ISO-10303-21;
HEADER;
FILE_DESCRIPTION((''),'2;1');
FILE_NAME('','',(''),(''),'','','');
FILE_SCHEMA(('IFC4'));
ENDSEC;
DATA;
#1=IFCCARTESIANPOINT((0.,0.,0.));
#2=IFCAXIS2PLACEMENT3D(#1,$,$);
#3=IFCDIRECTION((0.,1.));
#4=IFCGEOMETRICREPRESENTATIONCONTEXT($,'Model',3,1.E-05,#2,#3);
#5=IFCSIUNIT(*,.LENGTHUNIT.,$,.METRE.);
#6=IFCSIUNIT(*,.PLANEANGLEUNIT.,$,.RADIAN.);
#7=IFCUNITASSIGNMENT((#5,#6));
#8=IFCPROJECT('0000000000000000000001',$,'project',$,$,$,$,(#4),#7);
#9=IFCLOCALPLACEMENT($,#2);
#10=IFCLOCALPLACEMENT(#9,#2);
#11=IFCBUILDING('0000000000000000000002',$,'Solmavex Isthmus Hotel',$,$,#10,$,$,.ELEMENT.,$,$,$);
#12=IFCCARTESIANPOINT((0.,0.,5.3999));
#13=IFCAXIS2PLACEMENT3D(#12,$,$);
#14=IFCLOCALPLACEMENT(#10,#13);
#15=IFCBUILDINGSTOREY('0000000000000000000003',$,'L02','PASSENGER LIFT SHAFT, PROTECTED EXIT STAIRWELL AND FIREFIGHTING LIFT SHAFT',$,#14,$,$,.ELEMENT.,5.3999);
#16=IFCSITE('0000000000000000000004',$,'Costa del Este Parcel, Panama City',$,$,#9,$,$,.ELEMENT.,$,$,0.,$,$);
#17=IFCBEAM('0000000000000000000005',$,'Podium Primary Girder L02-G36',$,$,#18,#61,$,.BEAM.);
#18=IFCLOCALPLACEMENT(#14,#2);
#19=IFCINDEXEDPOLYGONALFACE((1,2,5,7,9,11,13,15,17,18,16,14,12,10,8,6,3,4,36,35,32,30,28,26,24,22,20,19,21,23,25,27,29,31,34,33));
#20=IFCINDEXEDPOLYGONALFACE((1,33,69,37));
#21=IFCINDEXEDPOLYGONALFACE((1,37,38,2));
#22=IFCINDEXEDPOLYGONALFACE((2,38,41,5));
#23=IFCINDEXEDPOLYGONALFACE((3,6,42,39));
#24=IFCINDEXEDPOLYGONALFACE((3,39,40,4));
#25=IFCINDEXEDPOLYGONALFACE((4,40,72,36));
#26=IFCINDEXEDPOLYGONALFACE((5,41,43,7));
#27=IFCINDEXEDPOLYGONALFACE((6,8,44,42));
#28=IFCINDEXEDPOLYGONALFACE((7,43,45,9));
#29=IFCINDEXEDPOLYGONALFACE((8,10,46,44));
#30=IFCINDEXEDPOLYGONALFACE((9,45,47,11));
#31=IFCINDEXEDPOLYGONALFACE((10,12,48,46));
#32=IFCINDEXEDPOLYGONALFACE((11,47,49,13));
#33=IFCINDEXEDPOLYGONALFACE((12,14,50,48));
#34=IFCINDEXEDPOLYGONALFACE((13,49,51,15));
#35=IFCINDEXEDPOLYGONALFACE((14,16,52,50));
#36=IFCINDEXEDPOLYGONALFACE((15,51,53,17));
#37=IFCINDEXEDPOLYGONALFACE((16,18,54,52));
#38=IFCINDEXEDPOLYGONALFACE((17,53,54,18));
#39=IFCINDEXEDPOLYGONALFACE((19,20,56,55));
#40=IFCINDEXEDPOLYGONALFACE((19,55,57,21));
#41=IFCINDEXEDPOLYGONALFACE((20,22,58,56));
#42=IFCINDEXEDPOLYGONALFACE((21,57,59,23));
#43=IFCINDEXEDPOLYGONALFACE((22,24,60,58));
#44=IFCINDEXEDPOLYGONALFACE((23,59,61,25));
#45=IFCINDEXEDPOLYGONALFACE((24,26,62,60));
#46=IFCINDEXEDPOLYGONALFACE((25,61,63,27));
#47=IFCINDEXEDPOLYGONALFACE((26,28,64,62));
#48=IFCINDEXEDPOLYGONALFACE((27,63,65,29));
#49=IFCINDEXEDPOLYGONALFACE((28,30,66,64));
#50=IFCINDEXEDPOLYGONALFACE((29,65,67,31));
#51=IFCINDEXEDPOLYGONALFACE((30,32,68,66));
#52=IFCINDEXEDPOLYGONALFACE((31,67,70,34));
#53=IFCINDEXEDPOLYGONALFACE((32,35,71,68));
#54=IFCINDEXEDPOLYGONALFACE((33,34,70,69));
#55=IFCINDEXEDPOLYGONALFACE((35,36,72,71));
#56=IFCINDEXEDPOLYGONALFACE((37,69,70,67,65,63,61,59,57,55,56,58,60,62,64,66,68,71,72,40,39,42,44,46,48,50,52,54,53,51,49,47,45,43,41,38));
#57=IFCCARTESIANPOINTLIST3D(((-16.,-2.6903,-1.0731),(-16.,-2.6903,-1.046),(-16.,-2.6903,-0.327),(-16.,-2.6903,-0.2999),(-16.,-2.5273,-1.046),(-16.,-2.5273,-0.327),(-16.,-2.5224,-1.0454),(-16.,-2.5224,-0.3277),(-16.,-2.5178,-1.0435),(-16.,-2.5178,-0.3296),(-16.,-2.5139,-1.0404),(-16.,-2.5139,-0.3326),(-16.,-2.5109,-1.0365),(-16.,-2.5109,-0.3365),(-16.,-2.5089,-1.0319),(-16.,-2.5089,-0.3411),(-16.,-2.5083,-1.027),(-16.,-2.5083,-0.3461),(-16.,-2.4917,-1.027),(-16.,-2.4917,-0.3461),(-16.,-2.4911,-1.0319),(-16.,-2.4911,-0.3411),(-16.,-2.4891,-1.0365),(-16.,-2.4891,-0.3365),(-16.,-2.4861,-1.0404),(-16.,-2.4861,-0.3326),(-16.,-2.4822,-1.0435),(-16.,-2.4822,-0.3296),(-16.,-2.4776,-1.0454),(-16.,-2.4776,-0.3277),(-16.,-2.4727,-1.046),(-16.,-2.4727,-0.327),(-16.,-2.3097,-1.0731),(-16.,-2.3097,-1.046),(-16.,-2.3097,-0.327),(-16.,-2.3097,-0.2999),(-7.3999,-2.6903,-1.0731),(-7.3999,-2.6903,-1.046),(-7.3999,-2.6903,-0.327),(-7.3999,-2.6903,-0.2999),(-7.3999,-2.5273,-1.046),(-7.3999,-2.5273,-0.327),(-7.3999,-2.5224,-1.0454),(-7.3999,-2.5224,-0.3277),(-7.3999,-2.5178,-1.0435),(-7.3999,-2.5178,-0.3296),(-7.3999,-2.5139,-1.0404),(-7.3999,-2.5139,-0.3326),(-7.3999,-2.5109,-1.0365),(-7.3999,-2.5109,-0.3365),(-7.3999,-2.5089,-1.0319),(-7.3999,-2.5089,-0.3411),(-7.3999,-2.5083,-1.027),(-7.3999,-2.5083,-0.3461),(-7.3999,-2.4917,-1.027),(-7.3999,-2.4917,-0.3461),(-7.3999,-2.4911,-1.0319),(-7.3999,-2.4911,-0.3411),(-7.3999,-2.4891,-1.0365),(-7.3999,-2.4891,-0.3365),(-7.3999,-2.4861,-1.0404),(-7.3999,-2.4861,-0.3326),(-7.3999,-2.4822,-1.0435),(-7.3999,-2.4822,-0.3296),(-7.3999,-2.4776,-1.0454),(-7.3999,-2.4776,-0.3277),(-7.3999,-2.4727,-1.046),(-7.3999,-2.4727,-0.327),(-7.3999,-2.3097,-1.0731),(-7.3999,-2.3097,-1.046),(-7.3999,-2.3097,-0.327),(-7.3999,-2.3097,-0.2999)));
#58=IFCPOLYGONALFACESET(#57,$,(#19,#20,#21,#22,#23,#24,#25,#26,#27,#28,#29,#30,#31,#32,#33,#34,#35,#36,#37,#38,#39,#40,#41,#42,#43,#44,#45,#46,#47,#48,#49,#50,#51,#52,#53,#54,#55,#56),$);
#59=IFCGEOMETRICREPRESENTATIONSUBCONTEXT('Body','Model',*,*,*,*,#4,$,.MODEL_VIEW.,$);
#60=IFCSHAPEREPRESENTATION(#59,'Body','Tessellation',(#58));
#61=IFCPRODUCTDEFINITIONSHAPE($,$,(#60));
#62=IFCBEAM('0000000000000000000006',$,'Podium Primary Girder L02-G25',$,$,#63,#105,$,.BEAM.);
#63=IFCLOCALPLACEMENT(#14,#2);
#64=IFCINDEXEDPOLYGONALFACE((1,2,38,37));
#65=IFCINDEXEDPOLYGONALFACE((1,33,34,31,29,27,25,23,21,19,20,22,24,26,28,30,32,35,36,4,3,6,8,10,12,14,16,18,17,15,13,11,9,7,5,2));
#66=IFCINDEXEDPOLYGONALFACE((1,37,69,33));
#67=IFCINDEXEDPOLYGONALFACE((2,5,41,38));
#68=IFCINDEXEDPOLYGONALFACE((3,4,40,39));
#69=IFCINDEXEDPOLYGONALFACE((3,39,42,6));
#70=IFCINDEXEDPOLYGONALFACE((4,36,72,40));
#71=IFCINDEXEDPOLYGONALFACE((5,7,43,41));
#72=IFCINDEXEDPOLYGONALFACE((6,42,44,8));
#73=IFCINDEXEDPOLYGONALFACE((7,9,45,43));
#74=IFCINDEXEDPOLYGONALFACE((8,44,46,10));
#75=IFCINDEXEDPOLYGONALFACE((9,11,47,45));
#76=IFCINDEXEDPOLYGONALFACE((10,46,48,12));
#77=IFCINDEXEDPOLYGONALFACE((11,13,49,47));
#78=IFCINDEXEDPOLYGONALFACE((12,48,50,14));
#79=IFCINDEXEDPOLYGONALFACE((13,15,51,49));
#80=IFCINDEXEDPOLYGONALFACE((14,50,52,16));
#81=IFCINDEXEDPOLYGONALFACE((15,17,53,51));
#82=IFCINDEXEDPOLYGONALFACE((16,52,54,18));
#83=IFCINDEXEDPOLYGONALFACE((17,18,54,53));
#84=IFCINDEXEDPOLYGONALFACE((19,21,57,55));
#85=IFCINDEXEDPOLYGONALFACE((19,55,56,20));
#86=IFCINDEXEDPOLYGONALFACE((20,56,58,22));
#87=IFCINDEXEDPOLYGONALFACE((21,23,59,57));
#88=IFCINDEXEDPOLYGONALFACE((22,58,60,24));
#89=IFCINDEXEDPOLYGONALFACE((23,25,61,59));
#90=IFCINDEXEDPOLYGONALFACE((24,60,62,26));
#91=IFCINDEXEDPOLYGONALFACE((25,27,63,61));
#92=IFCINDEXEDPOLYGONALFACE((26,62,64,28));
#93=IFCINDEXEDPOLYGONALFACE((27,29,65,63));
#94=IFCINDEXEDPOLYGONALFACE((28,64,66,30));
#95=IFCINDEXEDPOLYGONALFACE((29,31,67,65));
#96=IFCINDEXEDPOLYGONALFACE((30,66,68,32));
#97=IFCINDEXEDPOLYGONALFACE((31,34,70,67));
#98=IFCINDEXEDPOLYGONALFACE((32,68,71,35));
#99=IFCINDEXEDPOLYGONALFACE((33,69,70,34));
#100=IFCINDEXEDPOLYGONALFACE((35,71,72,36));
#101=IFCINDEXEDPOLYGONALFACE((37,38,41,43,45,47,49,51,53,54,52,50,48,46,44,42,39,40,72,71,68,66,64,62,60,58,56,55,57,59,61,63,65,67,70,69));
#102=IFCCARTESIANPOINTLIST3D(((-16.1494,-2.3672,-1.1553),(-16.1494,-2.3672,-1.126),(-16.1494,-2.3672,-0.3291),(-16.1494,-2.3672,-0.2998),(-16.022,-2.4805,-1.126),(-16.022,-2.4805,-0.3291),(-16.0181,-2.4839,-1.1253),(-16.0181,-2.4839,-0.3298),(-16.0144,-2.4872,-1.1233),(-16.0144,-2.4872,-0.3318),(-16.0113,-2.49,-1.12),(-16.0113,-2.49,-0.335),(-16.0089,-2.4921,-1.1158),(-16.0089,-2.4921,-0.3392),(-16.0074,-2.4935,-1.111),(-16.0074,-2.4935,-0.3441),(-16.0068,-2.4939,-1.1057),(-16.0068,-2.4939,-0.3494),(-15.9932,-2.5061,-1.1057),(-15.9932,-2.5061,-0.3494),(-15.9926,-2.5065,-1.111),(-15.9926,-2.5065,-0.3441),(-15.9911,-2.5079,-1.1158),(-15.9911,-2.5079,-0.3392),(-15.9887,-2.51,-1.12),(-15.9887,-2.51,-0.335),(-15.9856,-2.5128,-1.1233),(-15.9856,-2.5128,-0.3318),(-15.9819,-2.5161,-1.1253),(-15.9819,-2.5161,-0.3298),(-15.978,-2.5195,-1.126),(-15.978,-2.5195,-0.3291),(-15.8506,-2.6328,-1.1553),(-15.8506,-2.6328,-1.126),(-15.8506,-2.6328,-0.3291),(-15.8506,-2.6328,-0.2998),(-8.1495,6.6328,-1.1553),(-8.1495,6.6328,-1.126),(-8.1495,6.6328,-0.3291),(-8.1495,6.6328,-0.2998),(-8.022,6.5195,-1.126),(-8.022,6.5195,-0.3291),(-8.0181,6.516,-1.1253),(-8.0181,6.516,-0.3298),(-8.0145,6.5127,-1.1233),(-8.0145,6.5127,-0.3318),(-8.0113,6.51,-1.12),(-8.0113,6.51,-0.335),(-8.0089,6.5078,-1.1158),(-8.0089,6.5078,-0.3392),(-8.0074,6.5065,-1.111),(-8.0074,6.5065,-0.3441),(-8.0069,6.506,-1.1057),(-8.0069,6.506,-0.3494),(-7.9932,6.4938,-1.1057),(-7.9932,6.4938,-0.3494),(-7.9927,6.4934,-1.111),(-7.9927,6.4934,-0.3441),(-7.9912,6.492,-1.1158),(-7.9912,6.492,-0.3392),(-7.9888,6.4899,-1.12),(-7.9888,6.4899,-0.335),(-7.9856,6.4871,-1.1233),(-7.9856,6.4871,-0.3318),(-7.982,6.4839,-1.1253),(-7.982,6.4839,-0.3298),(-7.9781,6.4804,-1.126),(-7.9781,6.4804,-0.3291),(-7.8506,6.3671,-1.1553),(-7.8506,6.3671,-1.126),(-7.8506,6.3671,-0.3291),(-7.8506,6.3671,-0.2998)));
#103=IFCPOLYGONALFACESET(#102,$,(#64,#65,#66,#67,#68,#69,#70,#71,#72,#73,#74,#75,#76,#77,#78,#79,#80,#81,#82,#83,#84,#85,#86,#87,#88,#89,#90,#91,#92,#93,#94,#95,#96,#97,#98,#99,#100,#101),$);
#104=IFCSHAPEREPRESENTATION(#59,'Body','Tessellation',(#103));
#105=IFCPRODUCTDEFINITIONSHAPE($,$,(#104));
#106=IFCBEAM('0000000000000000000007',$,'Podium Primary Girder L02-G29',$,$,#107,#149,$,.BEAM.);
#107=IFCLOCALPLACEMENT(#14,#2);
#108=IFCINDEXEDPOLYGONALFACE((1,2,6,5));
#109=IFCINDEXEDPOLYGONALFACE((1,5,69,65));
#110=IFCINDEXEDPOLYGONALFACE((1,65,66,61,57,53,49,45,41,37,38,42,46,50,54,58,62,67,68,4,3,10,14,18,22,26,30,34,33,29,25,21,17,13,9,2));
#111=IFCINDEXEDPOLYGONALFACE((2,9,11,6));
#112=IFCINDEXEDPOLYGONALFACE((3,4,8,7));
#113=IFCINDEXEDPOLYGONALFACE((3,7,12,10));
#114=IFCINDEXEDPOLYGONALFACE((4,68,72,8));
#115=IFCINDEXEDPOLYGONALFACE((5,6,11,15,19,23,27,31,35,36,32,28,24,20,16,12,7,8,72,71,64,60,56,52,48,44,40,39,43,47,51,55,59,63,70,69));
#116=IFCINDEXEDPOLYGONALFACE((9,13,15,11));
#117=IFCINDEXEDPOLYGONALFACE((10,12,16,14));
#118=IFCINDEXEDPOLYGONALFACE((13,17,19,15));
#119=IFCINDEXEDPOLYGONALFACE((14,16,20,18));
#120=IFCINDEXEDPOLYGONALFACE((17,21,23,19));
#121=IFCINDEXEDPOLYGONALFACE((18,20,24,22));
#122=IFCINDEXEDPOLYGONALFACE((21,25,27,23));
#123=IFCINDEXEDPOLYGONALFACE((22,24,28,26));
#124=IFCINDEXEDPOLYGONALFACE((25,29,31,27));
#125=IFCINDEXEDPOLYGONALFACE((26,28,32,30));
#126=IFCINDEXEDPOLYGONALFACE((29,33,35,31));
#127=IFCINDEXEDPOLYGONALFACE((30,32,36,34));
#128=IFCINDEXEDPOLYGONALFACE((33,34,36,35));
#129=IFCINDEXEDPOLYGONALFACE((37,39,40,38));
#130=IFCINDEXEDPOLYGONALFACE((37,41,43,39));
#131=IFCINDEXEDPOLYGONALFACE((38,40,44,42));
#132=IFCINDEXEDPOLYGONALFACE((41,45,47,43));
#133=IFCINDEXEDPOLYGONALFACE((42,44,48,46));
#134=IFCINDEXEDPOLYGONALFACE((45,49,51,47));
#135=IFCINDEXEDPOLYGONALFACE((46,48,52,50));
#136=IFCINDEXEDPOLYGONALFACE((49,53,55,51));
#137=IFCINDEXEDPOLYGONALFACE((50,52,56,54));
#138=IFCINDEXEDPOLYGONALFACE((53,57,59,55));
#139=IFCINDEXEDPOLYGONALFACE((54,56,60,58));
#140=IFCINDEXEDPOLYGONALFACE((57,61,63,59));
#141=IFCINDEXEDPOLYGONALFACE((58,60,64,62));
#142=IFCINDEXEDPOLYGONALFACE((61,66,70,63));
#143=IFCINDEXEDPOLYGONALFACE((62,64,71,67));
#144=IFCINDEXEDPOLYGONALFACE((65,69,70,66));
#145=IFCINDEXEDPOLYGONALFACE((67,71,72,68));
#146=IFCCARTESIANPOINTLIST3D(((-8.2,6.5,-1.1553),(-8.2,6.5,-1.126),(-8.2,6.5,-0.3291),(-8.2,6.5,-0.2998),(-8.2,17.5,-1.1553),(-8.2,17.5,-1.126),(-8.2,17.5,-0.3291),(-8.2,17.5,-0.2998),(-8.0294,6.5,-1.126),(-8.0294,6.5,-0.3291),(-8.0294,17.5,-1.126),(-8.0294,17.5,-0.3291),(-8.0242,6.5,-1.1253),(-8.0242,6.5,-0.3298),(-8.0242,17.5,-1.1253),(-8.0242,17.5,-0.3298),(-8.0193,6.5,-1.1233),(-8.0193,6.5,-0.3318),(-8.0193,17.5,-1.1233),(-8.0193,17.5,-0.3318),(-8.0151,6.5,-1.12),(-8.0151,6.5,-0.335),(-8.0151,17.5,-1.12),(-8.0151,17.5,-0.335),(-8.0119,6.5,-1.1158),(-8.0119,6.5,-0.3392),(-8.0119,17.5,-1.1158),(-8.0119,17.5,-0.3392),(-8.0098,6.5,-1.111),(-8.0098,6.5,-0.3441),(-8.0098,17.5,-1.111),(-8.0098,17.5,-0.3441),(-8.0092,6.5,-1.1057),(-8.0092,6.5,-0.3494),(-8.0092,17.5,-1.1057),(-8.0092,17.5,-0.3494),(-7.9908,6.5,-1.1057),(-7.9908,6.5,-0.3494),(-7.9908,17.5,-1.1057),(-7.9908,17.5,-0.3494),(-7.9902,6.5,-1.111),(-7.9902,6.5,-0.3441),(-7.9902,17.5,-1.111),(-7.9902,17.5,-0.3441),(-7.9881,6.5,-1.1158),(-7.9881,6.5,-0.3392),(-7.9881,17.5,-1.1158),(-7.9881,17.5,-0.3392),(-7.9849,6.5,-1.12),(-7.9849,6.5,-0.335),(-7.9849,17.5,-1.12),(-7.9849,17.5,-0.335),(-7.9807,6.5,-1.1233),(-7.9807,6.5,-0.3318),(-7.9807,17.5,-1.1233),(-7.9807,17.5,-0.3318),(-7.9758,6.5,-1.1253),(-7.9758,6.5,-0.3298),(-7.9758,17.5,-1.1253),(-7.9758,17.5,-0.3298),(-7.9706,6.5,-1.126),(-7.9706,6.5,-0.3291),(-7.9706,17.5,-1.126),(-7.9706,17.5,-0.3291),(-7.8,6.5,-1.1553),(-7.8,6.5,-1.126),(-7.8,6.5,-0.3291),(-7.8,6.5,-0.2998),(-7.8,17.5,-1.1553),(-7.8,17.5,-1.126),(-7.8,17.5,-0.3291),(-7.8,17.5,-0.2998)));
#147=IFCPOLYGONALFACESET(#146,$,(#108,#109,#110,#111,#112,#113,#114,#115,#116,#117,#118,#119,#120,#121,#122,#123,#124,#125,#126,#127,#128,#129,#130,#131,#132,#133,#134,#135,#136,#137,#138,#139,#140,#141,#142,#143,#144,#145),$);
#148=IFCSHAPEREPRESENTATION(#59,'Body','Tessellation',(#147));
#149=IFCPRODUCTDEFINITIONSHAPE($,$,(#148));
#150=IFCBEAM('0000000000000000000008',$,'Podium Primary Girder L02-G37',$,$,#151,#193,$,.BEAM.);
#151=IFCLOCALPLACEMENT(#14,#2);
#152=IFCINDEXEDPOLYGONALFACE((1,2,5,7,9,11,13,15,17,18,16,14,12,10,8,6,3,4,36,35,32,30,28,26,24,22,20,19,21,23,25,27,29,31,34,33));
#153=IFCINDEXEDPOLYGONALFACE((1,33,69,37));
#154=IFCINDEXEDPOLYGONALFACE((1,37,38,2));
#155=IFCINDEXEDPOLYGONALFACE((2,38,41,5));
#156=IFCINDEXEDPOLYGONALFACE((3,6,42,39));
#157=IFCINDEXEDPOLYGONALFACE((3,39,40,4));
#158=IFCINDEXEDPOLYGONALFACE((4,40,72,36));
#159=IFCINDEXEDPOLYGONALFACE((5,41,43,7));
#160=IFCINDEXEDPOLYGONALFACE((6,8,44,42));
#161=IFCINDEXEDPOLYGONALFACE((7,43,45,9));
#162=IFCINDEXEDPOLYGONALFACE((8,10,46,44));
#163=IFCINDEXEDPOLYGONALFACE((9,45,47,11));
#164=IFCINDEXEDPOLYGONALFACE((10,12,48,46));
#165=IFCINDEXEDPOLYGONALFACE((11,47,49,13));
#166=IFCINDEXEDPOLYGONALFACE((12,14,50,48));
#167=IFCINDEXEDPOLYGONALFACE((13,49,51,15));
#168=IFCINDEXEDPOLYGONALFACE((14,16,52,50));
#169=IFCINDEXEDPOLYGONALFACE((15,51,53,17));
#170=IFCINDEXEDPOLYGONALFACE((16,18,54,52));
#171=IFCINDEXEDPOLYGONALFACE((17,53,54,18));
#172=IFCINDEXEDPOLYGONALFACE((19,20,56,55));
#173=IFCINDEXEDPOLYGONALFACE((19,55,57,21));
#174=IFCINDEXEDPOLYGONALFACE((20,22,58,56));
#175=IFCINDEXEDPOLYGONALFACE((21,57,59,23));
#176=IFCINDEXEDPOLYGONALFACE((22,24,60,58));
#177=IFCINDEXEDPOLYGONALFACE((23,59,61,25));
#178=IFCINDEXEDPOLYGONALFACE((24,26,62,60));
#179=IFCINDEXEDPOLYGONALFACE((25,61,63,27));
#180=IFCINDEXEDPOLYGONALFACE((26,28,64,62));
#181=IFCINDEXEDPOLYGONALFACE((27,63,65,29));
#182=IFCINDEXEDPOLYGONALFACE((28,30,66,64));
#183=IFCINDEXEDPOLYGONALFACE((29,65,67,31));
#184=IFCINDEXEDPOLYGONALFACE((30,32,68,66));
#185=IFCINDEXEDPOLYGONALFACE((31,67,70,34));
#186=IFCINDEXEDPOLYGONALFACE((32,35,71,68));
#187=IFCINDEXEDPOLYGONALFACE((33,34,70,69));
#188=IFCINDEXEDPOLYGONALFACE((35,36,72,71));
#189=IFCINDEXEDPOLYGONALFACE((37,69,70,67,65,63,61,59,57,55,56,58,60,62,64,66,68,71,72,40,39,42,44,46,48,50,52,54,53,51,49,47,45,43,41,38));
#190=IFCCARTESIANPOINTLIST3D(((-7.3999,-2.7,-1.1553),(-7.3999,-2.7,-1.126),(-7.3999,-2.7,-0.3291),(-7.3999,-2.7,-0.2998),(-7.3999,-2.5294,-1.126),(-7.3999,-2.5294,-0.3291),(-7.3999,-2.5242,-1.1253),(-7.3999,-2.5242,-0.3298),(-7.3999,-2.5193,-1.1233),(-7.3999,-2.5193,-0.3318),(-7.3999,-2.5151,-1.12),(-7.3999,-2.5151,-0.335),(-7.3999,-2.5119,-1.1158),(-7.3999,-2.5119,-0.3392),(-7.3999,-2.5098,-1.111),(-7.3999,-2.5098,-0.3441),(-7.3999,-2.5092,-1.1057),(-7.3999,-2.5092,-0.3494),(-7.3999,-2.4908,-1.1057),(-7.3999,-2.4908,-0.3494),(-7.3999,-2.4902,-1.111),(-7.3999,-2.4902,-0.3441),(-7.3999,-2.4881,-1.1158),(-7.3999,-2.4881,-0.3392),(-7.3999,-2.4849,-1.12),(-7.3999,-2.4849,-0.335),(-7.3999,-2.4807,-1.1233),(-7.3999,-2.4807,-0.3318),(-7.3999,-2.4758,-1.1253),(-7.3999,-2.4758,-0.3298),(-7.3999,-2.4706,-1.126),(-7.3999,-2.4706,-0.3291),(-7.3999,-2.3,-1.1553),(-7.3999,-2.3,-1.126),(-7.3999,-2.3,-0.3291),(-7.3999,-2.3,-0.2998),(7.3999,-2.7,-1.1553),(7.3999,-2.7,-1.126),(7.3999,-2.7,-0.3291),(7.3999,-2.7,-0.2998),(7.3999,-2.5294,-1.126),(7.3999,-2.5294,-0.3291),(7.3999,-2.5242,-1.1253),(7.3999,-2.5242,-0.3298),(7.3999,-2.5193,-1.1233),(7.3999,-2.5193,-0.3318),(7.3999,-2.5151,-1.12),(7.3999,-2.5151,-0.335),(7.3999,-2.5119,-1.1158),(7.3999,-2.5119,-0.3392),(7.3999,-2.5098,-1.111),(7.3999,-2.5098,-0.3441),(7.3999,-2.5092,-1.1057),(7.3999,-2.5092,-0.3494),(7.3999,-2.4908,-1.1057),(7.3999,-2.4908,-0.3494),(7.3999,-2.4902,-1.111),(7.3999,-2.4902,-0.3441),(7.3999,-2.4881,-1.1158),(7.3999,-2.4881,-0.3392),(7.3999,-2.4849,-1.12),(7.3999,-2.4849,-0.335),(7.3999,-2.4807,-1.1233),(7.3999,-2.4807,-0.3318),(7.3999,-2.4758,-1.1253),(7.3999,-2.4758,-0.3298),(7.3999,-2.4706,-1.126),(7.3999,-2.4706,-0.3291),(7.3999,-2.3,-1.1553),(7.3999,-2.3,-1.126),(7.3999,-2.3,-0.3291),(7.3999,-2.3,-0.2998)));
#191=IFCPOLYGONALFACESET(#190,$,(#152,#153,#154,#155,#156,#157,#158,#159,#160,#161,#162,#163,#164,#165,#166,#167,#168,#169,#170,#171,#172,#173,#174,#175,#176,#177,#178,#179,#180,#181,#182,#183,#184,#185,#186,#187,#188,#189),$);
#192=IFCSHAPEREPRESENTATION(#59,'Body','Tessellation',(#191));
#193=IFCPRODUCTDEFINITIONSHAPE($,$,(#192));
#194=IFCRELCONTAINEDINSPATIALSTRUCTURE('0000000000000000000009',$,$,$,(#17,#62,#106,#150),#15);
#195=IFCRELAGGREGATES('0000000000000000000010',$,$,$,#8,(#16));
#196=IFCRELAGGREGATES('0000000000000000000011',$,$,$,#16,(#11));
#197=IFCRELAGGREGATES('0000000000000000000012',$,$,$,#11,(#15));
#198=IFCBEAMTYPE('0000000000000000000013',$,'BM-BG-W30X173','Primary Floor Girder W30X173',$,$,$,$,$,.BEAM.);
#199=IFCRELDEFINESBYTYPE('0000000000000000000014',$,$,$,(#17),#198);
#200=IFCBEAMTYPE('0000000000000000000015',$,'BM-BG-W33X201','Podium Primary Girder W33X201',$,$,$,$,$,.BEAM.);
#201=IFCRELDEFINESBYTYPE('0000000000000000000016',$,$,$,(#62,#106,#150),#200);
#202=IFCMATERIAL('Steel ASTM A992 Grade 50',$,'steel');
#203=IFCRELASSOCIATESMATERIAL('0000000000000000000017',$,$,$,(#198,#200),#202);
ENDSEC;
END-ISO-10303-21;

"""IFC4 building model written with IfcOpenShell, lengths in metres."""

from ifc_helpers import new_model, si_unit, direction, frame, origin, origin_2d, place, context, subcontext, project, spatial, i_section, extrude, material, material_profile, profile_set, type_object, element, save


model = new_model("IFC4")

# Units and contexts
model_context = context("Model", 3, precision=1e-05, world=origin(), true_north=direction((0.0, 1.0)))
body_context = subcontext(model_context, "Body", "Model", "MODEL_VIEW")
ifc_project = project(units=[si_unit("LENGTHUNIT", "METRE"), si_unit("PLANEANGLEUNIT", "RADIAN")], contexts=[model_context])

# Site, building, storey
site_placement = place(None, origin())
site = spatial("IfcSite", under=ifc_project, at=site_placement, Name="Costa del Este Parcel, Panama City", CompositionType="ELEMENT", RefElevation=0.0)
building_placement = place(site_placement, origin())
building = spatial("IfcBuilding", under=site, at=building_placement, Name="Solmavex Isthmus Hotel", CompositionType="ELEMENT")
storey_placement = place(building_placement, frame((0.0, 0.0, 5.3999)))
storey = spatial("IfcBuildingStorey", under=building, at=storey_placement, Name="L02", Description="PASSENGER LIFT SHAFT, PROTECTED EXIT STAIRWELL AND FIREFIGHTING LIFT SHAFT", CompositionType="ELEMENT", Elevation=5.3999)

# Beams
ifc_material_1 = material(Name="Steel ASTM A992 Grade 50", Category="steel")
ifc_material_profile_1 = material_profile(ifc_material_1, i_section(OverallWidth=0.3806, OverallDepth=0.7732, WebThickness=0.0166, FlangeThickness=0.0271, FilletRadius=0.019, at=origin_2d()), Name="W30X173")
ifc_profile_set_1 = profile_set([ifc_material_profile_1], Name="Steel ASTM A992 Grade 50")
beam_type_1 = type_object("IfcBeamType", Name="BM-BG-W30X173", Description="Primary Floor Girder W30X173", PredefinedType="BEAM", material=ifc_profile_set_1)
beam_1_placement = place(storey_placement, frame((-16.0, -2.5, -0.6865), z_axis=(1.0, 0.0, 0.0), x_axis=(0.0, 1.0, 0.0)))
element("IfcBeam", 1, at=beam_1_placement, inside=storey, type_object=beam_type_1, Name="Podium Primary Girder L02-G36", PredefinedType="BEAM", context=body_context, shape_type="SweptSolid", body=[
    extrude(i_section(OverallWidth=0.3806, OverallDepth=0.7732, WebThickness=0.0166, FlangeThickness=0.0271, FilletRadius=0.019, at=origin_2d()), origin(), (0.0, 0.0, 1.0), 8.6001),
])
ifc_material_profile_2 = material_profile(ifc_material_1, i_section(OverallWidth=0.3999, OverallDepth=0.8555, WebThickness=0.0183, FlangeThickness=0.0293, FilletRadius=0.0203, at=origin_2d()), Name="W33X201")
ifc_profile_set_2 = profile_set([ifc_material_profile_2], Name="Steel ASTM A992 Grade 50")
beam_type_2 = type_object("IfcBeamType", Name="BM-BG-W33X201", Description="Podium Primary Girder W33X201", PredefinedType="BEAM", material=ifc_profile_set_2)
beam_2_placement = place(storey_placement, frame((-16.0, -2.5, -0.7275), z_axis=(0.664364, 0.747409, 0.0), x_axis=(-0.747409, 0.664364, 0.0)))
element("IfcBeam", 2, at=beam_2_placement, inside=storey, type_object=beam_type_2, Name="Podium Primary Girder L02-G25", PredefinedType="BEAM", context=body_context, shape_type="SweptSolid", body=[
    extrude(i_section(OverallWidth=0.3999, OverallDepth=0.8555, WebThickness=0.0183, FlangeThickness=0.0293, FilletRadius=0.0203, at=origin_2d()), origin(), (0.0, 0.0, 1.0), 12.0415),
])
beam_3_placement = place(storey_placement, frame((-8.0, 6.5, -0.7275), z_axis=(0.0, 1.0, 0.0), x_axis=(-1.0, 0.0, 0.0)))
element("IfcBeam", 3, at=beam_3_placement, inside=storey, type_object=beam_type_2, Name="Podium Primary Girder L02-G29", PredefinedType="BEAM", context=body_context, shape_type="SweptSolid", body=[
    extrude(i_section(OverallWidth=0.3999, OverallDepth=0.8555, WebThickness=0.0183, FlangeThickness=0.0293, FilletRadius=0.0203, at=origin_2d()), origin(), (0.0, 0.0, 1.0), 11.0),
])
beam_4_placement = place(storey_placement, frame((-7.3999, -2.5, -0.7275), z_axis=(1.0, 0.0, 0.0), x_axis=(0.0, 1.0, 0.0)))
element("IfcBeam", 4, at=beam_4_placement, inside=storey, type_object=beam_type_2, Name="Podium Primary Girder L02-G37", PredefinedType="BEAM", context=body_context, shape_type="SweptSolid", body=[
    extrude(i_section(OverallWidth=0.3999, OverallDepth=0.8555, WebThickness=0.0183, FlangeThickness=0.0293, FilletRadius=0.0203, at=origin_2d()), origin(), (0.0, 0.0, 1.0), 14.7998),
])

save(model, "model.ifc")
